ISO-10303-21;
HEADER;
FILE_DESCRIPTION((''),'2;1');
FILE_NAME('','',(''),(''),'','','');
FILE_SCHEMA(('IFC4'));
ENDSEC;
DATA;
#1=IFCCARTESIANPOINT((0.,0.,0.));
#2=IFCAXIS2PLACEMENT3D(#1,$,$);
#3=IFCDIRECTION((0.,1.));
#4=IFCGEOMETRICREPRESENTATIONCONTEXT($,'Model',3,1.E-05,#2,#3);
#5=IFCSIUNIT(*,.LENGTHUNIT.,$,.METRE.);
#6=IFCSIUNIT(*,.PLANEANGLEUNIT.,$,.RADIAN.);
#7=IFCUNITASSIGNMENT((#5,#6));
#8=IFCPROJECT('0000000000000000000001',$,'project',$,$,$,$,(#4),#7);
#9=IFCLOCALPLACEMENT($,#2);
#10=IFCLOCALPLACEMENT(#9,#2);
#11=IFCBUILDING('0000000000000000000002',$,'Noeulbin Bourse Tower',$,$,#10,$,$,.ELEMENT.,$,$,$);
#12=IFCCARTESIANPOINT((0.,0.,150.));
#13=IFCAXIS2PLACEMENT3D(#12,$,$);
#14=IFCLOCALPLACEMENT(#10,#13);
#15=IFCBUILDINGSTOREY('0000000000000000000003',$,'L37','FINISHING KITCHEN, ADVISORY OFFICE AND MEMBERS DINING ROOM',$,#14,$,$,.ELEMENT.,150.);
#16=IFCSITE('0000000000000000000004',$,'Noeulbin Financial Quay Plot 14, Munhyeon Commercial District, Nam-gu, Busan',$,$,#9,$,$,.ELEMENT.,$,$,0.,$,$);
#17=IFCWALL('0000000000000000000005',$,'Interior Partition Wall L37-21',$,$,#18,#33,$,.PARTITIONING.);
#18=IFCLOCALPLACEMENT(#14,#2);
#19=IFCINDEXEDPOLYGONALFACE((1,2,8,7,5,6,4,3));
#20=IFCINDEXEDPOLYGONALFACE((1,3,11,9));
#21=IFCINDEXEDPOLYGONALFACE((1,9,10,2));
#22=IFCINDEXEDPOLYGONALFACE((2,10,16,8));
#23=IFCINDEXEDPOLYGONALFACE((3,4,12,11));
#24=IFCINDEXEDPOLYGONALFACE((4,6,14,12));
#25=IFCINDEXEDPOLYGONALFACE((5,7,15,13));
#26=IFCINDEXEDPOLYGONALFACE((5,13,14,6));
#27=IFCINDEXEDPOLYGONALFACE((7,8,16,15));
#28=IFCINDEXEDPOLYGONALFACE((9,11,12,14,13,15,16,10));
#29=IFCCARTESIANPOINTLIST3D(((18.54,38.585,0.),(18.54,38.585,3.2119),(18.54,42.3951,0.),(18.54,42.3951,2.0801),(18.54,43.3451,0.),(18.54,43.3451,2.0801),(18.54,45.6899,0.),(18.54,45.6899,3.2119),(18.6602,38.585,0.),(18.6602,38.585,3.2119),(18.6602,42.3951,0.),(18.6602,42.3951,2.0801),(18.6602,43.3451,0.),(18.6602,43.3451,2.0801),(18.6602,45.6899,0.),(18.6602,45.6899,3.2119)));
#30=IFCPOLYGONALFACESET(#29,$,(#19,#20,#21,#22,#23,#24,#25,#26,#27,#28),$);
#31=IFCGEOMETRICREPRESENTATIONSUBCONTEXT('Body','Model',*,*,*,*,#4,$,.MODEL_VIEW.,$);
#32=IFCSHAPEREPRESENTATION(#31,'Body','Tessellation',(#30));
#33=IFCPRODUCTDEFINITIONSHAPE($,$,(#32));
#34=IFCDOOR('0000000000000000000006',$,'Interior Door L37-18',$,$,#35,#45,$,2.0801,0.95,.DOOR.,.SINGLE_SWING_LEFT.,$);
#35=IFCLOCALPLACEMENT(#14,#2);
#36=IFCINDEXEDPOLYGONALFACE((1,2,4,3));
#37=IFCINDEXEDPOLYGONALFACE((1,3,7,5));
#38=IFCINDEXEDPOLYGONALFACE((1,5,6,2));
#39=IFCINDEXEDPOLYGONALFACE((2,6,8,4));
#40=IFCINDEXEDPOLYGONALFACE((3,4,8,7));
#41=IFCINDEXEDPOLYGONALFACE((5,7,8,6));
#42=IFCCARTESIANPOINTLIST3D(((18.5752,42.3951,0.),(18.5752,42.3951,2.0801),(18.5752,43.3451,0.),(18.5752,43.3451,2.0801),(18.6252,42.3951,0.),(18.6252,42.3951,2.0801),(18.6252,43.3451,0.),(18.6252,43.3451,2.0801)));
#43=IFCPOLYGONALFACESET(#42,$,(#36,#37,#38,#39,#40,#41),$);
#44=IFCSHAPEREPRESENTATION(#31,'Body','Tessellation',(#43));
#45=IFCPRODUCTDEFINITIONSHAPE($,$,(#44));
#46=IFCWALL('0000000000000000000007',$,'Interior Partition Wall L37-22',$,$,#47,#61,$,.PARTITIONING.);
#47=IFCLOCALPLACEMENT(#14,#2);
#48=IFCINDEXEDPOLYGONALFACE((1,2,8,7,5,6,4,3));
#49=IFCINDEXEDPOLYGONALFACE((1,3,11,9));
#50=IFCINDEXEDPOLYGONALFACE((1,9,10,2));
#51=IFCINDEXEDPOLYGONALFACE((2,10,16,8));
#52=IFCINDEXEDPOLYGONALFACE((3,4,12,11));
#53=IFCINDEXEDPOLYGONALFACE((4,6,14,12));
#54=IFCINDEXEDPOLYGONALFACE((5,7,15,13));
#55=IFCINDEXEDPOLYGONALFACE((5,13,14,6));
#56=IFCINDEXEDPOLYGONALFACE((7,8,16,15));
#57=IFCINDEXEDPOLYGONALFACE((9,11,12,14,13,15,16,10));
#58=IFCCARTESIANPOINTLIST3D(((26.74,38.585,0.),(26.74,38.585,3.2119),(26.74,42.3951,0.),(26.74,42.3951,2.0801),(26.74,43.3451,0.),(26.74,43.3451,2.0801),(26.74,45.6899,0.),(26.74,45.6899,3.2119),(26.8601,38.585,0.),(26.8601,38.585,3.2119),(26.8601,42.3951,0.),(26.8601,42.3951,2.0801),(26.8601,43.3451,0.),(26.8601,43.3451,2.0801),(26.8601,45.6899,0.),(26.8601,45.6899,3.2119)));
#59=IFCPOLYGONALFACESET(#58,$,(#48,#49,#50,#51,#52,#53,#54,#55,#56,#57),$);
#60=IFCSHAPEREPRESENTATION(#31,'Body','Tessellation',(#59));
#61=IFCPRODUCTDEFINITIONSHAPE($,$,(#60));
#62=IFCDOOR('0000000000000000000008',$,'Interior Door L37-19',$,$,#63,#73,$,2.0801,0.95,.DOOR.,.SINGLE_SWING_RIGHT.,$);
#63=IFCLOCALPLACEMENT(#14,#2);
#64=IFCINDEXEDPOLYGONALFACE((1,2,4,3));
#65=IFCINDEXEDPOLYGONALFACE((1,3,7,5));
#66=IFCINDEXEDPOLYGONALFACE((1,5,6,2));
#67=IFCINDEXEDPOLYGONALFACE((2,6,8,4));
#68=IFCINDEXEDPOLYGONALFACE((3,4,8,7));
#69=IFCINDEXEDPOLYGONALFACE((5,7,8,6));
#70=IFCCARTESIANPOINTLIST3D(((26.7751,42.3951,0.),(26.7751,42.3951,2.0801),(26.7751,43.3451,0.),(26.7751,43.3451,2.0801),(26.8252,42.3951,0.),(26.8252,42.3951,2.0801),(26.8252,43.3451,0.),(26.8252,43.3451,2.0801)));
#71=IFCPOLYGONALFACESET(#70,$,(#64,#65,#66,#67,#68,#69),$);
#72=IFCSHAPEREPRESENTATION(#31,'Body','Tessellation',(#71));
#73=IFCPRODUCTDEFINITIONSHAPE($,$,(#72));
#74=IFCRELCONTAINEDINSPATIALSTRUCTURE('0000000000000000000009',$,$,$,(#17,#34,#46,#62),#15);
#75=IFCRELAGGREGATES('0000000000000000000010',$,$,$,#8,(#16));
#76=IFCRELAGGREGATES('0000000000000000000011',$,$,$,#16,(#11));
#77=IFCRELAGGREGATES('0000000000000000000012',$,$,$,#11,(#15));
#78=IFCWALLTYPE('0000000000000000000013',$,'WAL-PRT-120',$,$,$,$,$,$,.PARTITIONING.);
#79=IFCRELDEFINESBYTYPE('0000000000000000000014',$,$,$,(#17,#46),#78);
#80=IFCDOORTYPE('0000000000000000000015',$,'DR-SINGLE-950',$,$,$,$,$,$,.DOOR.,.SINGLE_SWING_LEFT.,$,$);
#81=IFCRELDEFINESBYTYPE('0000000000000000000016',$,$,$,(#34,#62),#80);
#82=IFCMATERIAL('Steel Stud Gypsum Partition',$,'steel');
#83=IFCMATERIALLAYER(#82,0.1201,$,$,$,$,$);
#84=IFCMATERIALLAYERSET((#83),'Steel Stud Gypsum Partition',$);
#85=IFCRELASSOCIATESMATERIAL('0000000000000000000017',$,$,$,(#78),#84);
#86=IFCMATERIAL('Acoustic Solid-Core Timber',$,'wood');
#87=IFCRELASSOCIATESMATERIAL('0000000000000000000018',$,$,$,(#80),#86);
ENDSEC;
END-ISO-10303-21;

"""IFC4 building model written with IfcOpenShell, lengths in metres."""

from ifc_helpers import new_model, si_unit, direction, frame, frame_2d, origin, place, context, subcontext, project, spatial, rectangle, extrude, material, layer, layer_set, type_object, element, fill, save


model = new_model("IFC4")

# Units and contexts
model_context = context("Model", 3, precision=1e-05, world=origin(), true_north=direction((0.0, 1.0)))
body_context = subcontext(model_context, "Body", "Model", "MODEL_VIEW")
ifc_project = project(units=[si_unit("LENGTHUNIT", "METRE"), si_unit("PLANEANGLEUNIT", "RADIAN")], contexts=[model_context])

# Site, building, storey
site_placement = place(None, origin())
site = spatial("IfcSite", under=ifc_project, at=site_placement, Name="Noeulbin Financial Quay Plot 14, Munhyeon Commercial District, Nam-gu, Busan", CompositionType="ELEMENT", RefElevation=0.0)
building_placement = place(site_placement, origin())
building = spatial("IfcBuilding", under=site, at=building_placement, Name="Noeulbin Bourse Tower", CompositionType="ELEMENT")
storey_placement = place(building_placement, frame((0.0, 0.0, 150.0)))
storey = spatial("IfcBuildingStorey", under=building, at=storey_placement, Name="L37", Description="FINISHING KITCHEN, ADVISORY OFFICE AND MEMBERS DINING ROOM", CompositionType="ELEMENT", Elevation=150.0)

# Walls, openings, doors
ifc_material_1 = material(Name="Steel Stud Gypsum Partition", Category="steel")
ifc_layer_1 = layer(ifc_material_1, 0.1201)
ifc_layer_set_1 = layer_set([ifc_layer_1], Name="Steel Stud Gypsum Partition")
wall_type = type_object("IfcWallType", Name="WAL-PRT-120", PredefinedType="PARTITIONING", material=ifc_layer_set_1)
wall_1_placement = place(storey_placement, frame((18.6001, 38.585, 0.0), z_axis=(0.0, 0.0, 1.0), x_axis=(0.0, 1.0, 0.0)))
wall_1 = element("IfcWall", 1, at=wall_1_placement, inside=storey, type_object=wall_type, Name="Interior Partition Wall L37-21", PredefinedType="PARTITIONING", context=body_context, shape_type="SweptSolid", body=[
    extrude(rectangle(XDim=7.105, YDim=0.1201, at=frame_2d((3.5525, 0.0))), origin(), (0.0, 0.0, 1.0), 3.2119),
])
opening_1_placement = place(wall_1_placement, frame((3.8101, 0.0, 0.0)))
opening_1 = element("IfcOpeningElement", 2, at=opening_1_placement, cuts=wall_1, PredefinedType="OPENING", context=body_context, shape_type="SweptSolid", body=[
    extrude(rectangle(XDim=0.95, YDim=2.0801, at=frame_2d((0.4751, 1.04))), frame((0.0, 0.0701, 0.0), z_axis=(0.0, -1.0, 0.0), x_axis=(1.0, 0.0, 0.0)), (0.0, 0.0, 1.0), 0.1401),
])
ifc_material_2 = material(Name="Acoustic Solid-Core Timber", Category="wood")
door_type = type_object("IfcDoorType", Name="DR-SINGLE-950", OperationType="SINGLE_SWING_LEFT", PredefinedType="DOOR", material=ifc_material_2)
door_1_placement = place(opening_1_placement, origin())
door_1 = element("IfcDoor", 3, at=door_1_placement, inside=storey, type_object=door_type, Name="Interior Door L37-18", OperationType="SINGLE_SWING_LEFT", OverallHeight=2.0801, OverallWidth=0.95, PredefinedType="DOOR", context=body_context, shape_type="SweptSolid", body=[
    extrude(rectangle(XDim=0.95, YDim=2.0801, at=frame_2d((0.4751, 1.04))), frame((0.0, 0.0249, 0.0), z_axis=(0.0, -1.0, 0.0), x_axis=(1.0, 0.0, 0.0)), (0.0, 0.0, 1.0), 0.05),
])
fill(opening_1, door_1)
wall_2_placement = place(storey_placement, frame((26.8, 38.585, 0.0), z_axis=(0.0, 0.0, 1.0), x_axis=(0.0, 1.0, 0.0)))
wall_2 = element("IfcWall", 4, at=wall_2_placement, inside=storey, type_object=wall_type, Name="Interior Partition Wall L37-22", PredefinedType="PARTITIONING", context=body_context, shape_type="SweptSolid", body=[
    extrude(rectangle(XDim=7.105, YDim=0.1201, at=frame_2d((3.5525, 0.0))), origin(), (0.0, 0.0, 1.0), 3.2119),
])
opening_2_placement = place(wall_2_placement, frame((3.8101, 0.0, 0.0)))
opening_2 = element("IfcOpeningElement", 5, at=opening_2_placement, cuts=wall_2, PredefinedType="OPENING", context=body_context, shape_type="SweptSolid", body=[
    extrude(rectangle(XDim=0.95, YDim=2.0801, at=frame_2d((0.4751, 1.04))), frame((0.0, 0.0701, 0.0), z_axis=(0.0, -1.0, 0.0), x_axis=(1.0, 0.0, 0.0)), (0.0, 0.0, 1.0), 0.1401),
])
door_2_placement = place(opening_2_placement, origin())
door_2 = element("IfcDoor", 6, at=door_2_placement, inside=storey, type_object=door_type, Name="Interior Door L37-19", OperationType="SINGLE_SWING_RIGHT", OverallHeight=2.0801, OverallWidth=0.95, PredefinedType="DOOR", context=body_context, shape_type="SweptSolid", body=[
    extrude(rectangle(XDim=0.95, YDim=2.0801, at=frame_2d((0.4751, 1.04))), frame((0.0, 0.0249, 0.0), z_axis=(0.0, -1.0, 0.0), x_axis=(1.0, 0.0, 0.0)), (0.0, 0.0, 1.0), 0.05),
])
fill(opening_2, door_2)

save(model, "model.ifc")
